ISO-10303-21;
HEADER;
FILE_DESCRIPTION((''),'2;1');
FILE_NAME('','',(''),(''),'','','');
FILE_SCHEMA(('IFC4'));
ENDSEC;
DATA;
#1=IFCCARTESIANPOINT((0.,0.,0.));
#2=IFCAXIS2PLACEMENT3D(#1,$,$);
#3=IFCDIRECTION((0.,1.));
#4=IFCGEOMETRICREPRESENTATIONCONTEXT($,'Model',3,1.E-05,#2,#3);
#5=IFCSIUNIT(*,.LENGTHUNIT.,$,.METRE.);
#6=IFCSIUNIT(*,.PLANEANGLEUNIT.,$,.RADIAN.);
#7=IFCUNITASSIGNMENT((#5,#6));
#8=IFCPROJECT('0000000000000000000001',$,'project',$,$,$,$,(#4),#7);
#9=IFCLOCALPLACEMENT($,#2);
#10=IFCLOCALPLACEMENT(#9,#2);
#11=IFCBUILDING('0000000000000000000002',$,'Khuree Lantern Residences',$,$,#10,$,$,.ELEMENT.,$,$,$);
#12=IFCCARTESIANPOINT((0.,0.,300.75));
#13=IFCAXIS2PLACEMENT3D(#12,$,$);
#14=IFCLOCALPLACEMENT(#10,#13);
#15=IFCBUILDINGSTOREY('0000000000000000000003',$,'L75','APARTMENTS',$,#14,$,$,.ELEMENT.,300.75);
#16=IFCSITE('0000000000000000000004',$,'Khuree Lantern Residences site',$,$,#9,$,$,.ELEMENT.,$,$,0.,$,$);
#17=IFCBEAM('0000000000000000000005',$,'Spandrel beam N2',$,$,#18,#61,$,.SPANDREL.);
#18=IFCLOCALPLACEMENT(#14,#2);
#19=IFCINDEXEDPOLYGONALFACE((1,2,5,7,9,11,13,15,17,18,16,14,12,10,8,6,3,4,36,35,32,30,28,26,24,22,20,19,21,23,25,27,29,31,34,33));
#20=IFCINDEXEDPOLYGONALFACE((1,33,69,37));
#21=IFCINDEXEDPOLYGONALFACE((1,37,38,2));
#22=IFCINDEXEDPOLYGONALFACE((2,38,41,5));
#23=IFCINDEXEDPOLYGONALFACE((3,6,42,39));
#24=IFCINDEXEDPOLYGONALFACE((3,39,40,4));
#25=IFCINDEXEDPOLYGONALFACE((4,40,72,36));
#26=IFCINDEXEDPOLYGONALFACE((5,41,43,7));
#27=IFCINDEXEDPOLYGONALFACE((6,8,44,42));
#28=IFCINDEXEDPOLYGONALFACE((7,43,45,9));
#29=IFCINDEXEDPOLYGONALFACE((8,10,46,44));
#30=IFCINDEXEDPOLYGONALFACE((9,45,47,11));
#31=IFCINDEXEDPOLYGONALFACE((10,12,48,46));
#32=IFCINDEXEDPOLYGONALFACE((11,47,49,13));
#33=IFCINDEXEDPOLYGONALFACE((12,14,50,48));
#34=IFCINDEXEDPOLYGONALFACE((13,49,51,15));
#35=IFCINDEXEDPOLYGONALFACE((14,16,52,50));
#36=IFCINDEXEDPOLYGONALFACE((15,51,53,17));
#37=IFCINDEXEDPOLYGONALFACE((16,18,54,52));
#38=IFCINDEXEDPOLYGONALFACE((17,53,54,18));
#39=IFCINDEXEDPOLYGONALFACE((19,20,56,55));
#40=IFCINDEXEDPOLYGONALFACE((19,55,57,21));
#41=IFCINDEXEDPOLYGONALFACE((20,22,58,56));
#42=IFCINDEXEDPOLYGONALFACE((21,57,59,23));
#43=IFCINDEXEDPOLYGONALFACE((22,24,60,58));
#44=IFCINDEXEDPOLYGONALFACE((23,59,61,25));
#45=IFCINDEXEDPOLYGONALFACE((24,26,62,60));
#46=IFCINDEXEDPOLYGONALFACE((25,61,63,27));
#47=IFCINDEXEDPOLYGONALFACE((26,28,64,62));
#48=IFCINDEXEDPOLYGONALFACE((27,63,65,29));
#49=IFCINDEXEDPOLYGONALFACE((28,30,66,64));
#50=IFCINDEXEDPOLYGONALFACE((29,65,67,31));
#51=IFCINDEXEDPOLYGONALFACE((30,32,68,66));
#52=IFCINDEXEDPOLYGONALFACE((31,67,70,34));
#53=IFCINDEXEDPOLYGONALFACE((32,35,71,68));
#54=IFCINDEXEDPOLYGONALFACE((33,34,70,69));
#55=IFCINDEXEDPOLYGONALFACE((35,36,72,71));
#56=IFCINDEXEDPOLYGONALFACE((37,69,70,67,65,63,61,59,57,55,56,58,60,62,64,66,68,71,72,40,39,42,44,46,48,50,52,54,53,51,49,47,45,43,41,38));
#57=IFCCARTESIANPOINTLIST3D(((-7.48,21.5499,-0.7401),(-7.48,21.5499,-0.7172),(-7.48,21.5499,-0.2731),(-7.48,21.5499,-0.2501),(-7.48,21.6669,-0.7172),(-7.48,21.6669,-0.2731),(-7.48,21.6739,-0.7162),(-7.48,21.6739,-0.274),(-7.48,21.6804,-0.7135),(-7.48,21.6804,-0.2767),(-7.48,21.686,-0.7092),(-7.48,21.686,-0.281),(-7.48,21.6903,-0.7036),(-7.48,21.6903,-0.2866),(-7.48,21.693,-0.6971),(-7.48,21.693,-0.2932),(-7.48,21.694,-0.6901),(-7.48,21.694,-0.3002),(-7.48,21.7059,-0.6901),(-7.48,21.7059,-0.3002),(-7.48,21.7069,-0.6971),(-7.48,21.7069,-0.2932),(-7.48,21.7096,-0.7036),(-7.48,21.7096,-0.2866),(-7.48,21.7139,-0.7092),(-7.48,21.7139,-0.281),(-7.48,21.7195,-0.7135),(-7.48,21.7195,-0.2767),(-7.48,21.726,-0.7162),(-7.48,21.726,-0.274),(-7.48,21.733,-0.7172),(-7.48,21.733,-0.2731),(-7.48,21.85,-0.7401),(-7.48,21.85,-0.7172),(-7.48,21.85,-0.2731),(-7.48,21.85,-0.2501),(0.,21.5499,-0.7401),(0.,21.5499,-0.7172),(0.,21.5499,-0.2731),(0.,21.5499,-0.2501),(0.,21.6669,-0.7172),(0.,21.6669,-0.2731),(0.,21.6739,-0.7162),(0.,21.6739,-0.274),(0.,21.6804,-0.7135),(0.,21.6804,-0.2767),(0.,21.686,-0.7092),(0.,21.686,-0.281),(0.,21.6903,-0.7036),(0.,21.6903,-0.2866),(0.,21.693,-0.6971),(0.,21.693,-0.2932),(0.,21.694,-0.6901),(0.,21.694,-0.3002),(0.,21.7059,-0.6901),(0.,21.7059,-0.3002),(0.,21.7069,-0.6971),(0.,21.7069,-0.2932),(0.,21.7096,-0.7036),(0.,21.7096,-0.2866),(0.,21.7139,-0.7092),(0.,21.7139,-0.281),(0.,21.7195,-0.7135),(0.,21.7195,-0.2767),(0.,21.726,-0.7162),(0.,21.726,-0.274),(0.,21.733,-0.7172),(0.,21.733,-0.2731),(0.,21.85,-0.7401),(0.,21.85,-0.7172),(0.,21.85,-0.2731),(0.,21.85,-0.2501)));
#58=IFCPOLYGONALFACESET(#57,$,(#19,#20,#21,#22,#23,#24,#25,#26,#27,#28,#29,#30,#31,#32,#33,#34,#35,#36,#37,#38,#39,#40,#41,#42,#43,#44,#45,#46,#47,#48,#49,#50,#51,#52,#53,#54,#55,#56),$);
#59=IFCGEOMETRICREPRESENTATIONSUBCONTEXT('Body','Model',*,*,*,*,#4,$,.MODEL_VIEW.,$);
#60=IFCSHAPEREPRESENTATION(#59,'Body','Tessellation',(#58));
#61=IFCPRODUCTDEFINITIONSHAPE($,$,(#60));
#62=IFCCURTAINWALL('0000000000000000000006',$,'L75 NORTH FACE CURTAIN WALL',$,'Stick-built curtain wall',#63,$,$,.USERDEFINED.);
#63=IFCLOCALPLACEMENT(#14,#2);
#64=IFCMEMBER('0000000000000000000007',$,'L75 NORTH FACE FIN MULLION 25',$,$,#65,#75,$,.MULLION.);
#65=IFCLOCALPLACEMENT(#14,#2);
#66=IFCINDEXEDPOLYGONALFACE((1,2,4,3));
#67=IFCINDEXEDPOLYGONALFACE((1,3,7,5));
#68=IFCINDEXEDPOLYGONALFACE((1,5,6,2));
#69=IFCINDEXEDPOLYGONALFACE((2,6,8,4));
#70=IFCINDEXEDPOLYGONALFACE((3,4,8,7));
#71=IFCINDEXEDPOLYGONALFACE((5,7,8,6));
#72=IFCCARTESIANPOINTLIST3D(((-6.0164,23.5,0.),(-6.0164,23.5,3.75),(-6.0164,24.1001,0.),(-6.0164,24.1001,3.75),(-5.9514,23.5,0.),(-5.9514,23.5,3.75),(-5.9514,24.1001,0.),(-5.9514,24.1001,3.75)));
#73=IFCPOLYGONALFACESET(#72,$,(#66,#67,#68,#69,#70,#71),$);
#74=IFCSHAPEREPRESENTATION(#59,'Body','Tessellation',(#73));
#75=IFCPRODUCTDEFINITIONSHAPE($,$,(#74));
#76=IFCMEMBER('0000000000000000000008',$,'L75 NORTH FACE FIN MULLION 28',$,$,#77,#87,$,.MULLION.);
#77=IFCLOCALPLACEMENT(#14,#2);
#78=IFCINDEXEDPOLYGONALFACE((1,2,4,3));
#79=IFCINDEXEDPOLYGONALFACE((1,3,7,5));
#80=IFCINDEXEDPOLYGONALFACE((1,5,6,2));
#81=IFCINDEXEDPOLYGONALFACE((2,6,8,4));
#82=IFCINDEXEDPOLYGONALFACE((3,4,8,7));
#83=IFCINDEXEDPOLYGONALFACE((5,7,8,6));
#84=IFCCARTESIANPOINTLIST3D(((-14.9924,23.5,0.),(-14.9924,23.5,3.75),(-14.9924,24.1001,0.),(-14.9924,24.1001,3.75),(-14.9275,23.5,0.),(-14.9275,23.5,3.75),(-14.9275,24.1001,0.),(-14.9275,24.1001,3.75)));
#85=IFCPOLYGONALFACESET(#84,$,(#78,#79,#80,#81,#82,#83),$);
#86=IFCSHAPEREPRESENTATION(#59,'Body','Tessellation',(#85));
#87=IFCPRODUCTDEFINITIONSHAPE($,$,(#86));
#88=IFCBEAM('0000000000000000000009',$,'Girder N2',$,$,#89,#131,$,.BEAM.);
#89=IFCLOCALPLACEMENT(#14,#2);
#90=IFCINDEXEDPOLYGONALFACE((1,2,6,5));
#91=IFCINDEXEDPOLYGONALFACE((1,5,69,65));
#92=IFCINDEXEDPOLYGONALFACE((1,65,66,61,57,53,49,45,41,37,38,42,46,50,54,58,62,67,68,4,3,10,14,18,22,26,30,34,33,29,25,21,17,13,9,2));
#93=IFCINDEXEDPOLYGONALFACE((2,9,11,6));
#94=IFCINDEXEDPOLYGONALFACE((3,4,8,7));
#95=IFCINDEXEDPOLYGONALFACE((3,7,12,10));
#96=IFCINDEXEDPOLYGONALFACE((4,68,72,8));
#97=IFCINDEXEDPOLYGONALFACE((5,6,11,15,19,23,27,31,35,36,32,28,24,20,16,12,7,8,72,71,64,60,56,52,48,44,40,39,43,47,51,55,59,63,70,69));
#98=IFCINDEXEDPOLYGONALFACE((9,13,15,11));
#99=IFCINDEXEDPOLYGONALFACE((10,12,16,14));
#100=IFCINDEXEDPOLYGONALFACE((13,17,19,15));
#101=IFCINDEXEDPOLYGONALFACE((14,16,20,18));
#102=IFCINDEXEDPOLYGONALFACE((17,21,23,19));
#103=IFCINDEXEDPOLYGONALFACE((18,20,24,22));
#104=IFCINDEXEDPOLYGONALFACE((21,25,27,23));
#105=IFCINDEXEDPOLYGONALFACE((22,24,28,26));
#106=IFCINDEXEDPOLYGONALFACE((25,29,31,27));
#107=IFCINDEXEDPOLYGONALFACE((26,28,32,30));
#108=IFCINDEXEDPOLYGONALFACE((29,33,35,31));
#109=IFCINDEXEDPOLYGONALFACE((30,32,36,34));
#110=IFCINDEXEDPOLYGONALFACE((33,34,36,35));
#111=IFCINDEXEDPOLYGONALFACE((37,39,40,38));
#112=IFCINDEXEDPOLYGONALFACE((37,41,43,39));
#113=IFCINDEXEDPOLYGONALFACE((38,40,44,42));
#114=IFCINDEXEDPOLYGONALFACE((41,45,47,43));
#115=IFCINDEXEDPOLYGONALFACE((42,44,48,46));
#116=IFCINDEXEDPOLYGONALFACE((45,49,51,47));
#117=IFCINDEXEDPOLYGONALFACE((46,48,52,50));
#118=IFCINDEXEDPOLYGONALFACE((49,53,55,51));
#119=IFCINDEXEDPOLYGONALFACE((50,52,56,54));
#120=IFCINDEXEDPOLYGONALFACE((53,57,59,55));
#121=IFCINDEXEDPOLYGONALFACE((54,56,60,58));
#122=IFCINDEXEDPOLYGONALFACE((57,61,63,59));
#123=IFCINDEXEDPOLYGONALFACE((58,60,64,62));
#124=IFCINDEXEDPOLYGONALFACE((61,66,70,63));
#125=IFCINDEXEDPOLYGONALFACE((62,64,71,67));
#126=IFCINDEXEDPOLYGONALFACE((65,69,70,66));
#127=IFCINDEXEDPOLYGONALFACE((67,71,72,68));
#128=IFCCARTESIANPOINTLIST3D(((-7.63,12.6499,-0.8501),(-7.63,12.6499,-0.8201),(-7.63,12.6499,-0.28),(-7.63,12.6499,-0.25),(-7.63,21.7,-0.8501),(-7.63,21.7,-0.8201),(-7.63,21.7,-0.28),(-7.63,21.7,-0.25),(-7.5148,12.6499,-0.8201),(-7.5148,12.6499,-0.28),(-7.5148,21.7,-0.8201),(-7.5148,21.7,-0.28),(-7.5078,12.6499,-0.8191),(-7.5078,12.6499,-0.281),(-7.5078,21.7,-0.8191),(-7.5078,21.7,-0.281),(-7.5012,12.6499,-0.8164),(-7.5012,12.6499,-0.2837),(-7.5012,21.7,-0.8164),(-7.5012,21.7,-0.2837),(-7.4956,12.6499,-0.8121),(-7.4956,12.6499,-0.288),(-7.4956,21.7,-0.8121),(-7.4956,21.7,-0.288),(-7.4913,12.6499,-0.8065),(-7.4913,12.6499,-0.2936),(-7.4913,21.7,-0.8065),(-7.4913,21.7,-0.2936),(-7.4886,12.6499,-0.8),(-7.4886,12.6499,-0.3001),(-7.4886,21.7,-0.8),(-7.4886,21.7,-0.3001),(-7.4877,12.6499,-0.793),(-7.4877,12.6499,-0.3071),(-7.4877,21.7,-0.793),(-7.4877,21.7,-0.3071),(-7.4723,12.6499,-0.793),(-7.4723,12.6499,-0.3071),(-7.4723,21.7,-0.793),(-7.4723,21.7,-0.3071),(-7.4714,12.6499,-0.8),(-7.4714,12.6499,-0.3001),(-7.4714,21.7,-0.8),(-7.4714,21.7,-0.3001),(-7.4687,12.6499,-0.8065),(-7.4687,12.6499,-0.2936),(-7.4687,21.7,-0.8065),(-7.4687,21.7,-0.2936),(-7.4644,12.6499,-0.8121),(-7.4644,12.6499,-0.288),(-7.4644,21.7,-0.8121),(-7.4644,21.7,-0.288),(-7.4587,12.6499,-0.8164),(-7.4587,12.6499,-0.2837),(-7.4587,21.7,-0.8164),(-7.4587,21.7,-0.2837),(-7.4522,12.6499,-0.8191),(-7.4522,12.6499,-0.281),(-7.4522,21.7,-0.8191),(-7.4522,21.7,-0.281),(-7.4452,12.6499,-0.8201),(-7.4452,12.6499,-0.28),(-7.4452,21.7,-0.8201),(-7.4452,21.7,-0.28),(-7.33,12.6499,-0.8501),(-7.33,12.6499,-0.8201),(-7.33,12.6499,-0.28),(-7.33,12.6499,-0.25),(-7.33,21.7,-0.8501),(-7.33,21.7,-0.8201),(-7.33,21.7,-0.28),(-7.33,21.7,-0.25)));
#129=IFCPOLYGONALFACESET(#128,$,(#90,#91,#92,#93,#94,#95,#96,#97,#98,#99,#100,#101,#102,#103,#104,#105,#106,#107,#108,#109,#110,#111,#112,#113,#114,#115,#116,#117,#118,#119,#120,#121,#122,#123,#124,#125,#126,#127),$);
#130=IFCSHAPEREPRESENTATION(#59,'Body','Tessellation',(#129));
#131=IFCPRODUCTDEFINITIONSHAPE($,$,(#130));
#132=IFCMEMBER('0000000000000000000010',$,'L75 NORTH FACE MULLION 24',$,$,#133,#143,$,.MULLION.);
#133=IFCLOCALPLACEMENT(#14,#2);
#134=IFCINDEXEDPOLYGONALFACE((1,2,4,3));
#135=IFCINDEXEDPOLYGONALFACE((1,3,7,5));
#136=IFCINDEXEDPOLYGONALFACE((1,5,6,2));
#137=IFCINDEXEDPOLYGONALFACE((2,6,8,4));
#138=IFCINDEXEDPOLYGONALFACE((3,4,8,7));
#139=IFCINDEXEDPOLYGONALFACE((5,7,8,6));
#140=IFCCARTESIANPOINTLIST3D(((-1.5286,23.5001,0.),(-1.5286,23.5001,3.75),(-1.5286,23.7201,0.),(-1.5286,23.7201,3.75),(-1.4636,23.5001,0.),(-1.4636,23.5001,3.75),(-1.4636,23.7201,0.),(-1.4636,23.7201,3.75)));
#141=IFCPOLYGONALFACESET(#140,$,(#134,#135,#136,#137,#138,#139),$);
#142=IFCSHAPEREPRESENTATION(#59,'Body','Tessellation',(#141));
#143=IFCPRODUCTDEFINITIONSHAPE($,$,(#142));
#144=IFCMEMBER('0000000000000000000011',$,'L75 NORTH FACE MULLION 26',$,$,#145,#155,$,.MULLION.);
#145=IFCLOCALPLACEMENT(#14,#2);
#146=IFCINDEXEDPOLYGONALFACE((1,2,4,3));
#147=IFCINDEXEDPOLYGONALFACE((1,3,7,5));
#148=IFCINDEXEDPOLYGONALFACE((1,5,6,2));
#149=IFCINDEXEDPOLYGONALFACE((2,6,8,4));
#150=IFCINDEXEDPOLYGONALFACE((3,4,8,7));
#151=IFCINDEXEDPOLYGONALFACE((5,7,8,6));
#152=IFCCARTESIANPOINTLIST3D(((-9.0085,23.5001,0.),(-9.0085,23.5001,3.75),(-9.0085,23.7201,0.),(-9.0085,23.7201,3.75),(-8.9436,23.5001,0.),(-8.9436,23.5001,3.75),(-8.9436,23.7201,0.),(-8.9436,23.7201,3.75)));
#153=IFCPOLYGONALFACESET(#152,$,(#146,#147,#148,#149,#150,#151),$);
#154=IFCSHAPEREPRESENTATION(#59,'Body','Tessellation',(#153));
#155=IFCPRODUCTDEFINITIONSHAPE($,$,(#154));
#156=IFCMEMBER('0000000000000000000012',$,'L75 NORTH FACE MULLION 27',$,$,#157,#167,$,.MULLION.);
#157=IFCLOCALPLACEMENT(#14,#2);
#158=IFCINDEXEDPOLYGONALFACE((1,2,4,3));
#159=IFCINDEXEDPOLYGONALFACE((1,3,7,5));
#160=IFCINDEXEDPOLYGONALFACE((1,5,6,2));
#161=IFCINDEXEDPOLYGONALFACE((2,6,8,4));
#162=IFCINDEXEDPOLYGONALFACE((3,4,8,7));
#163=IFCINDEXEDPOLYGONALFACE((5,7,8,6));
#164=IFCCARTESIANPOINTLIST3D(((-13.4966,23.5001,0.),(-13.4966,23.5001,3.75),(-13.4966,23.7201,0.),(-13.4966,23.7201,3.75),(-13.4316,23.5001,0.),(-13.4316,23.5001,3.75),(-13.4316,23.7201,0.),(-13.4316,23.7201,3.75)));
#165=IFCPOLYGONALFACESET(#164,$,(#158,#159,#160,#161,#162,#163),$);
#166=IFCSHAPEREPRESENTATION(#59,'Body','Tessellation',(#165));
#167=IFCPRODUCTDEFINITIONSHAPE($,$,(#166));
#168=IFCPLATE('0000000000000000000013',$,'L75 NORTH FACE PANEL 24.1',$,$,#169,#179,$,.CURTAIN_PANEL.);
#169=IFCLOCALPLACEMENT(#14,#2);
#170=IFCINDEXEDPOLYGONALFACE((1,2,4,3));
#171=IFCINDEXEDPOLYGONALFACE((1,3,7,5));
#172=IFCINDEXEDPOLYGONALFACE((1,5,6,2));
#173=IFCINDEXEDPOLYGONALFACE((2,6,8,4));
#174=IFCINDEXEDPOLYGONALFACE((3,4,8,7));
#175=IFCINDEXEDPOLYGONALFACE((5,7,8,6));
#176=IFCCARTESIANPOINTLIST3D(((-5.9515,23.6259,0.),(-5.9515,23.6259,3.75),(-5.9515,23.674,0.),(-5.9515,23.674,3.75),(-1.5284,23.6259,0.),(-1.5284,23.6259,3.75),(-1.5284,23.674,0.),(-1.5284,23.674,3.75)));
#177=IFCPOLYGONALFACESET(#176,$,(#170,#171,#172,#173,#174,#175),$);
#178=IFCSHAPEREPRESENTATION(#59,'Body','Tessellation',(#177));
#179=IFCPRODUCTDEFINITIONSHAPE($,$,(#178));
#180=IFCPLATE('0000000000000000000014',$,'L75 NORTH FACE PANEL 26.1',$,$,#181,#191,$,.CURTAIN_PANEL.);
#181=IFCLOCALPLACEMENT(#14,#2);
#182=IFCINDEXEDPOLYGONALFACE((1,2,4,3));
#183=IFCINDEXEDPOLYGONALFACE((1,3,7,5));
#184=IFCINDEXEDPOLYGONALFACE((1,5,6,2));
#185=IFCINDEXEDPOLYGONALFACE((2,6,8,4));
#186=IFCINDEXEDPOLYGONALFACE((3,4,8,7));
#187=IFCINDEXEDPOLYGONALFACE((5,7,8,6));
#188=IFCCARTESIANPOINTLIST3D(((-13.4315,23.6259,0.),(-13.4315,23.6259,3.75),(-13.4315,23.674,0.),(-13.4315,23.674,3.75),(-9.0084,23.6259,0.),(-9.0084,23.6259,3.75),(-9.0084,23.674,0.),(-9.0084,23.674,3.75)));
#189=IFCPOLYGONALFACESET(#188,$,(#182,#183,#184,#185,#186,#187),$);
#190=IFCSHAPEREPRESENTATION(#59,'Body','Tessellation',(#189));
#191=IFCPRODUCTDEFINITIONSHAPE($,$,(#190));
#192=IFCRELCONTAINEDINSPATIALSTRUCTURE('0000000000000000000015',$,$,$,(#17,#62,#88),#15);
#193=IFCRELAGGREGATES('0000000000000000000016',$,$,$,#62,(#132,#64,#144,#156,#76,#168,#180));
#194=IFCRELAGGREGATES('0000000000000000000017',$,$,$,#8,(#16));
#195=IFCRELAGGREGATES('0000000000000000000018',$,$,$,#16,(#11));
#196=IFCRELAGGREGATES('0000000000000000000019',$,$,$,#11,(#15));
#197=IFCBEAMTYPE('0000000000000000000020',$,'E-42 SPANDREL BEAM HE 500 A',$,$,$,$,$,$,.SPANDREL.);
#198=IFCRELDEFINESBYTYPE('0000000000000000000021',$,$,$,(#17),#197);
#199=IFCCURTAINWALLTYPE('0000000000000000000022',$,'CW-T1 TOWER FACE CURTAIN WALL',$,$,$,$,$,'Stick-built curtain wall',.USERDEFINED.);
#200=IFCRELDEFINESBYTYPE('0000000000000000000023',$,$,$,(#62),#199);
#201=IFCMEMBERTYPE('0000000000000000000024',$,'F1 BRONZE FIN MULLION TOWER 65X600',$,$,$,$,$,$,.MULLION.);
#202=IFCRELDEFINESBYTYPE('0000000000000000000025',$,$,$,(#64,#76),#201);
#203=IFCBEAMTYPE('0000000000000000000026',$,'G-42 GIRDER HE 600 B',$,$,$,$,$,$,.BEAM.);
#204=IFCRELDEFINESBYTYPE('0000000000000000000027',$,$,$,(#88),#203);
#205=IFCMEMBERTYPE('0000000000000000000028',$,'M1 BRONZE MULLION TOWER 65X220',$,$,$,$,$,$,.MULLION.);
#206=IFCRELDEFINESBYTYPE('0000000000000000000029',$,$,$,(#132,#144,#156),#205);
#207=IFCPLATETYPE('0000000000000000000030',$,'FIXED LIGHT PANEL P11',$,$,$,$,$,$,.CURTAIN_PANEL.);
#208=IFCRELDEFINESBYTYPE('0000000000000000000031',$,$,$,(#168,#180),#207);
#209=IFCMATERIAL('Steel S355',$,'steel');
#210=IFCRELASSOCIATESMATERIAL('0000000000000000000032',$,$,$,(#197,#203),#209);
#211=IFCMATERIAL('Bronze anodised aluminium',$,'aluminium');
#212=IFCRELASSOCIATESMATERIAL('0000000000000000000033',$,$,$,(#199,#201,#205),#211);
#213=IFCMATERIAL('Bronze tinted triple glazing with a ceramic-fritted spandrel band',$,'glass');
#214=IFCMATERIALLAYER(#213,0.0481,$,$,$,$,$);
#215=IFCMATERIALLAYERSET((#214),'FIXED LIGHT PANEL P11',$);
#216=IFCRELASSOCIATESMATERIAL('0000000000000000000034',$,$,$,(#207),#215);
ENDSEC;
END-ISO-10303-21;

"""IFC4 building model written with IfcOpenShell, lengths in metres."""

from ifc_helpers import new_model, si_unit, direction, frame, origin, origin_2d, place, context, subcontext, project, spatial, rectangle, i_section, extrude, material, layer, layer_set, material_profile, profile_set, type_object, element, aggregate, save


model = new_model("IFC4")

# Units and contexts
model_context = context("Model", 3, precision=1e-05, world=origin(), true_north=direction((0.0, 1.0)))
body_context = subcontext(model_context, "Body", "Model", "MODEL_VIEW")
ifc_project = project(units=[si_unit("LENGTHUNIT", "METRE"), si_unit("PLANEANGLEUNIT", "RADIAN")], contexts=[model_context])

# Site, building, storey
site_placement = place(None, origin())
site = spatial("IfcSite", under=ifc_project, at=site_placement, Name="Khuree Lantern Residences site", CompositionType="ELEMENT", RefElevation=0.0)
building_placement = place(site_placement, origin())
building = spatial("IfcBuilding", under=site, at=building_placement, Name="Khuree Lantern Residences", CompositionType="ELEMENT")
storey_placement = place(building_placement, frame((0.0, 0.0, 300.75)))
storey = spatial("IfcBuildingStorey", under=building, at=storey_placement, Name="L75", Description="APARTMENTS", CompositionType="ELEMENT", Elevation=300.75)

# Beam
ifc_material_1 = material(Name="Steel S355", Category="steel")
ifc_material_profile_1 = material_profile(ifc_material_1, i_section(OverallWidth=0.3, OverallDepth=0.49, WebThickness=0.012, FlangeThickness=0.0229, FilletRadius=0.0271, at=origin_2d()), Name="HE 500 A")
ifc_profile_set_1 = profile_set([ifc_material_profile_1], Name="Steel S355")
beam_type_1 = type_object("IfcBeamType", Name="E-42 SPANDREL BEAM HE 500 A", PredefinedType="SPANDREL", material=ifc_profile_set_1)
for number, where, z_axis, x_axis, name in (
    (1, (-7.48, 21.7, -0.4951), (1.0, 0.0, 0.0), (0.0, 1.0, 0.0), "Spandrel beam N2"),
):
    element("IfcBeam", number, at=place(storey_placement, frame(where, z_axis=z_axis, x_axis=x_axis)), inside=storey, type_object=beam_type_1, Name=name, PredefinedType="SPANDREL", context=body_context, shape_type="SweptSolid", body=[
        extrude(i_section(OverallWidth=0.3, OverallDepth=0.49, WebThickness=0.012, FlangeThickness=0.0229, FilletRadius=0.0271, at=origin_2d()), origin(), (0.0, 0.0, 1.0), 7.48),
    ])

# Curtain wall, members
ifc_material_2 = material(Name="Bronze anodised aluminium", Category="aluminium")
curtain_wall_type = type_object("IfcCurtainWallType", Name="CW-T1 TOWER FACE CURTAIN WALL", ElementType="Stick-built curtain wall", PredefinedType="USERDEFINED", material=ifc_material_2)
curtain_wall_placement = place(storey_placement, origin())
curtain_wall = element("IfcCurtainWall", 2, at=curtain_wall_placement, inside=storey, type_object=curtain_wall_type, Name="L75 NORTH FACE CURTAIN WALL", ObjectType="Stick-built curtain wall", PredefinedType="USERDEFINED")
ifc_material_profile_2 = material_profile(ifc_material_2, rectangle(XDim=0.0649, YDim=0.6001, at=origin_2d()), Name="F1 65X600")
ifc_profile_set_2 = profile_set([ifc_material_profile_2], Name="Bronze anodised aluminium")
member_type_1 = type_object("IfcMemberType", Name="F1 BRONZE FIN MULLION TOWER 65X600", PredefinedType="MULLION", material=ifc_profile_set_2)
member_1_placement = place(storey_placement, frame((-5.9839, 23.8, 0.0), z_axis=(0.0, 0.0, 1.0), x_axis=(-1.0, 0.0, 0.0)))
member_1 = element("IfcMember", 3, at=member_1_placement, type_object=member_type_1, Name="L75 NORTH FACE FIN MULLION 25", PredefinedType="MULLION", context=body_context, shape_type="SweptSolid", body=[
    extrude(rectangle(XDim=0.0649, YDim=0.6001, at=origin_2d()), origin(), (0.0, 0.0, 1.0), 3.75),
])
member_2_placement = place(storey_placement, frame((-14.96, 23.8, 0.0), z_axis=(0.0, 0.0, 1.0), x_axis=(-1.0, 0.0, 0.0)))
member_2 = element("IfcMember", 4, at=member_2_placement, type_object=member_type_1, Name="L75 NORTH FACE FIN MULLION 28", PredefinedType="MULLION", context=body_context, shape_type="SweptSolid", body=[
    extrude(rectangle(XDim=0.0649, YDim=0.6001, at=origin_2d()), origin(), (0.0, 0.0, 1.0), 3.75),
])

# Beam
ifc_material_profile_3 = material_profile(ifc_material_1, i_section(OverallWidth=0.3, OverallDepth=0.6001, WebThickness=0.0154, FlangeThickness=0.03, FilletRadius=0.0271, at=origin_2d()), Name="HE 600 B")
ifc_profile_set_3 = profile_set([ifc_material_profile_3], Name="Steel S355")
beam_type_2 = type_object("IfcBeamType", Name="G-42 GIRDER HE 600 B", PredefinedType="BEAM", material=ifc_profile_set_3)
beam_placement = place(storey_placement, frame((-7.48, 21.7, -0.55), z_axis=(0.0, -1.0, 0.0), x_axis=(1.0, 0.0, 0.0)))
element("IfcBeam", 5, at=beam_placement, inside=storey, type_object=beam_type_2, Name="Girder N2", PredefinedType="BEAM", context=body_context, shape_type="SweptSolid", body=[
    extrude(i_section(OverallWidth=0.3, OverallDepth=0.6001, WebThickness=0.0154, FlangeThickness=0.03, FilletRadius=0.0271, at=origin_2d()), origin(), (0.0, 0.0, 1.0), 9.05),
])

# Members
ifc_material_profile_4 = material_profile(ifc_material_2, rectangle(XDim=0.0649, YDim=0.22, at=origin_2d()), Name="M1 65X220")
ifc_profile_set_4 = profile_set([ifc_material_profile_4], Name="Bronze anodised aluminium")
member_type_2 = type_object("IfcMemberType", Name="M1 BRONZE MULLION TOWER 65X220", PredefinedType="MULLION", material=ifc_profile_set_4)
member_3_placement = place(storey_placement, frame((-1.4961, 23.6101, 0.0), z_axis=(0.0, 0.0, 1.0), x_axis=(-1.0, 0.0, 0.0)))
member_3 = element("IfcMember", 6, at=member_3_placement, type_object=member_type_2, Name="L75 NORTH FACE MULLION 24", PredefinedType="MULLION", context=body_context, shape_type="SweptSolid", body=[
    extrude(rectangle(XDim=0.0649, YDim=0.22, at=origin_2d()), origin(), (0.0, 0.0, 1.0), 3.75),
])
member_4_placement = place(storey_placement, frame((-8.9761, 23.6101, 0.0), z_axis=(0.0, 0.0, 1.0), x_axis=(-1.0, 0.0, 0.0)))
member_4 = element("IfcMember", 7, at=member_4_placement, type_object=member_type_2, Name="L75 NORTH FACE MULLION 26", PredefinedType="MULLION", context=body_context, shape_type="SweptSolid", body=[
    extrude(rectangle(XDim=0.0649, YDim=0.22, at=origin_2d()), origin(), (0.0, 0.0, 1.0), 3.75),
])
member_5_placement = place(storey_placement, frame((-13.4641, 23.6101, 0.0), z_axis=(0.0, 0.0, 1.0), x_axis=(-1.0, 0.0, 0.0)))
member_5 = element("IfcMember", 8, at=member_5_placement, type_object=member_type_2, Name="L75 NORTH FACE MULLION 27", PredefinedType="MULLION", context=body_context, shape_type="SweptSolid", body=[
    extrude(rectangle(XDim=0.0649, YDim=0.22, at=origin_2d()), origin(), (0.0, 0.0, 1.0), 3.75),
])

# Plates
ifc_material_3 = material(Name="Bronze tinted triple glazing with a ceramic-fritted spandrel band", Category="glass")
ifc_layer_1 = layer(ifc_material_3, 0.0481)
ifc_layer_set_1 = layer_set([ifc_layer_1], Name="FIXED LIGHT PANEL P11")
plate_type_1 = type_object("IfcPlateType", Name="FIXED LIGHT PANEL P11", PredefinedType="CURTAIN_PANEL", material=ifc_layer_set_1)
plate_1_placement = place(storey_placement, frame((-3.74, 23.6499, 0.0), z_axis=(0.0, 0.0, 1.0), x_axis=(-1.0, 0.0, 0.0)))
plate_1 = element("IfcPlate", 9, at=plate_1_placement, type_object=plate_type_1, Name="L75 NORTH FACE PANEL 24.1", PredefinedType="CURTAIN_PANEL", context=body_context, shape_type="SweptSolid", body=[
    extrude(rectangle(XDim=4.4231, YDim=0.0481, at=origin_2d()), origin(), (0.0, 0.0, 1.0), 3.75),
])
plate_2_placement = place(storey_placement, frame((-11.22, 23.6499, 0.0), z_axis=(0.0, 0.0, 1.0), x_axis=(-1.0, 0.0, 0.0)))
plate_2 = element("IfcPlate", 10, at=plate_2_placement, type_object=plate_type_1, Name="L75 NORTH FACE PANEL 26.1", PredefinedType="CURTAIN_PANEL", context=body_context, shape_type="SweptSolid", body=[
    extrude(rectangle(XDim=4.4231, YDim=0.0481, at=origin_2d()), origin(), (0.0, 0.0, 1.0), 3.75),
])
aggregate(curtain_wall, [member_3, member_1, member_4, member_5, member_2, plate_1, plate_2])

save(model, "model.ifc")
